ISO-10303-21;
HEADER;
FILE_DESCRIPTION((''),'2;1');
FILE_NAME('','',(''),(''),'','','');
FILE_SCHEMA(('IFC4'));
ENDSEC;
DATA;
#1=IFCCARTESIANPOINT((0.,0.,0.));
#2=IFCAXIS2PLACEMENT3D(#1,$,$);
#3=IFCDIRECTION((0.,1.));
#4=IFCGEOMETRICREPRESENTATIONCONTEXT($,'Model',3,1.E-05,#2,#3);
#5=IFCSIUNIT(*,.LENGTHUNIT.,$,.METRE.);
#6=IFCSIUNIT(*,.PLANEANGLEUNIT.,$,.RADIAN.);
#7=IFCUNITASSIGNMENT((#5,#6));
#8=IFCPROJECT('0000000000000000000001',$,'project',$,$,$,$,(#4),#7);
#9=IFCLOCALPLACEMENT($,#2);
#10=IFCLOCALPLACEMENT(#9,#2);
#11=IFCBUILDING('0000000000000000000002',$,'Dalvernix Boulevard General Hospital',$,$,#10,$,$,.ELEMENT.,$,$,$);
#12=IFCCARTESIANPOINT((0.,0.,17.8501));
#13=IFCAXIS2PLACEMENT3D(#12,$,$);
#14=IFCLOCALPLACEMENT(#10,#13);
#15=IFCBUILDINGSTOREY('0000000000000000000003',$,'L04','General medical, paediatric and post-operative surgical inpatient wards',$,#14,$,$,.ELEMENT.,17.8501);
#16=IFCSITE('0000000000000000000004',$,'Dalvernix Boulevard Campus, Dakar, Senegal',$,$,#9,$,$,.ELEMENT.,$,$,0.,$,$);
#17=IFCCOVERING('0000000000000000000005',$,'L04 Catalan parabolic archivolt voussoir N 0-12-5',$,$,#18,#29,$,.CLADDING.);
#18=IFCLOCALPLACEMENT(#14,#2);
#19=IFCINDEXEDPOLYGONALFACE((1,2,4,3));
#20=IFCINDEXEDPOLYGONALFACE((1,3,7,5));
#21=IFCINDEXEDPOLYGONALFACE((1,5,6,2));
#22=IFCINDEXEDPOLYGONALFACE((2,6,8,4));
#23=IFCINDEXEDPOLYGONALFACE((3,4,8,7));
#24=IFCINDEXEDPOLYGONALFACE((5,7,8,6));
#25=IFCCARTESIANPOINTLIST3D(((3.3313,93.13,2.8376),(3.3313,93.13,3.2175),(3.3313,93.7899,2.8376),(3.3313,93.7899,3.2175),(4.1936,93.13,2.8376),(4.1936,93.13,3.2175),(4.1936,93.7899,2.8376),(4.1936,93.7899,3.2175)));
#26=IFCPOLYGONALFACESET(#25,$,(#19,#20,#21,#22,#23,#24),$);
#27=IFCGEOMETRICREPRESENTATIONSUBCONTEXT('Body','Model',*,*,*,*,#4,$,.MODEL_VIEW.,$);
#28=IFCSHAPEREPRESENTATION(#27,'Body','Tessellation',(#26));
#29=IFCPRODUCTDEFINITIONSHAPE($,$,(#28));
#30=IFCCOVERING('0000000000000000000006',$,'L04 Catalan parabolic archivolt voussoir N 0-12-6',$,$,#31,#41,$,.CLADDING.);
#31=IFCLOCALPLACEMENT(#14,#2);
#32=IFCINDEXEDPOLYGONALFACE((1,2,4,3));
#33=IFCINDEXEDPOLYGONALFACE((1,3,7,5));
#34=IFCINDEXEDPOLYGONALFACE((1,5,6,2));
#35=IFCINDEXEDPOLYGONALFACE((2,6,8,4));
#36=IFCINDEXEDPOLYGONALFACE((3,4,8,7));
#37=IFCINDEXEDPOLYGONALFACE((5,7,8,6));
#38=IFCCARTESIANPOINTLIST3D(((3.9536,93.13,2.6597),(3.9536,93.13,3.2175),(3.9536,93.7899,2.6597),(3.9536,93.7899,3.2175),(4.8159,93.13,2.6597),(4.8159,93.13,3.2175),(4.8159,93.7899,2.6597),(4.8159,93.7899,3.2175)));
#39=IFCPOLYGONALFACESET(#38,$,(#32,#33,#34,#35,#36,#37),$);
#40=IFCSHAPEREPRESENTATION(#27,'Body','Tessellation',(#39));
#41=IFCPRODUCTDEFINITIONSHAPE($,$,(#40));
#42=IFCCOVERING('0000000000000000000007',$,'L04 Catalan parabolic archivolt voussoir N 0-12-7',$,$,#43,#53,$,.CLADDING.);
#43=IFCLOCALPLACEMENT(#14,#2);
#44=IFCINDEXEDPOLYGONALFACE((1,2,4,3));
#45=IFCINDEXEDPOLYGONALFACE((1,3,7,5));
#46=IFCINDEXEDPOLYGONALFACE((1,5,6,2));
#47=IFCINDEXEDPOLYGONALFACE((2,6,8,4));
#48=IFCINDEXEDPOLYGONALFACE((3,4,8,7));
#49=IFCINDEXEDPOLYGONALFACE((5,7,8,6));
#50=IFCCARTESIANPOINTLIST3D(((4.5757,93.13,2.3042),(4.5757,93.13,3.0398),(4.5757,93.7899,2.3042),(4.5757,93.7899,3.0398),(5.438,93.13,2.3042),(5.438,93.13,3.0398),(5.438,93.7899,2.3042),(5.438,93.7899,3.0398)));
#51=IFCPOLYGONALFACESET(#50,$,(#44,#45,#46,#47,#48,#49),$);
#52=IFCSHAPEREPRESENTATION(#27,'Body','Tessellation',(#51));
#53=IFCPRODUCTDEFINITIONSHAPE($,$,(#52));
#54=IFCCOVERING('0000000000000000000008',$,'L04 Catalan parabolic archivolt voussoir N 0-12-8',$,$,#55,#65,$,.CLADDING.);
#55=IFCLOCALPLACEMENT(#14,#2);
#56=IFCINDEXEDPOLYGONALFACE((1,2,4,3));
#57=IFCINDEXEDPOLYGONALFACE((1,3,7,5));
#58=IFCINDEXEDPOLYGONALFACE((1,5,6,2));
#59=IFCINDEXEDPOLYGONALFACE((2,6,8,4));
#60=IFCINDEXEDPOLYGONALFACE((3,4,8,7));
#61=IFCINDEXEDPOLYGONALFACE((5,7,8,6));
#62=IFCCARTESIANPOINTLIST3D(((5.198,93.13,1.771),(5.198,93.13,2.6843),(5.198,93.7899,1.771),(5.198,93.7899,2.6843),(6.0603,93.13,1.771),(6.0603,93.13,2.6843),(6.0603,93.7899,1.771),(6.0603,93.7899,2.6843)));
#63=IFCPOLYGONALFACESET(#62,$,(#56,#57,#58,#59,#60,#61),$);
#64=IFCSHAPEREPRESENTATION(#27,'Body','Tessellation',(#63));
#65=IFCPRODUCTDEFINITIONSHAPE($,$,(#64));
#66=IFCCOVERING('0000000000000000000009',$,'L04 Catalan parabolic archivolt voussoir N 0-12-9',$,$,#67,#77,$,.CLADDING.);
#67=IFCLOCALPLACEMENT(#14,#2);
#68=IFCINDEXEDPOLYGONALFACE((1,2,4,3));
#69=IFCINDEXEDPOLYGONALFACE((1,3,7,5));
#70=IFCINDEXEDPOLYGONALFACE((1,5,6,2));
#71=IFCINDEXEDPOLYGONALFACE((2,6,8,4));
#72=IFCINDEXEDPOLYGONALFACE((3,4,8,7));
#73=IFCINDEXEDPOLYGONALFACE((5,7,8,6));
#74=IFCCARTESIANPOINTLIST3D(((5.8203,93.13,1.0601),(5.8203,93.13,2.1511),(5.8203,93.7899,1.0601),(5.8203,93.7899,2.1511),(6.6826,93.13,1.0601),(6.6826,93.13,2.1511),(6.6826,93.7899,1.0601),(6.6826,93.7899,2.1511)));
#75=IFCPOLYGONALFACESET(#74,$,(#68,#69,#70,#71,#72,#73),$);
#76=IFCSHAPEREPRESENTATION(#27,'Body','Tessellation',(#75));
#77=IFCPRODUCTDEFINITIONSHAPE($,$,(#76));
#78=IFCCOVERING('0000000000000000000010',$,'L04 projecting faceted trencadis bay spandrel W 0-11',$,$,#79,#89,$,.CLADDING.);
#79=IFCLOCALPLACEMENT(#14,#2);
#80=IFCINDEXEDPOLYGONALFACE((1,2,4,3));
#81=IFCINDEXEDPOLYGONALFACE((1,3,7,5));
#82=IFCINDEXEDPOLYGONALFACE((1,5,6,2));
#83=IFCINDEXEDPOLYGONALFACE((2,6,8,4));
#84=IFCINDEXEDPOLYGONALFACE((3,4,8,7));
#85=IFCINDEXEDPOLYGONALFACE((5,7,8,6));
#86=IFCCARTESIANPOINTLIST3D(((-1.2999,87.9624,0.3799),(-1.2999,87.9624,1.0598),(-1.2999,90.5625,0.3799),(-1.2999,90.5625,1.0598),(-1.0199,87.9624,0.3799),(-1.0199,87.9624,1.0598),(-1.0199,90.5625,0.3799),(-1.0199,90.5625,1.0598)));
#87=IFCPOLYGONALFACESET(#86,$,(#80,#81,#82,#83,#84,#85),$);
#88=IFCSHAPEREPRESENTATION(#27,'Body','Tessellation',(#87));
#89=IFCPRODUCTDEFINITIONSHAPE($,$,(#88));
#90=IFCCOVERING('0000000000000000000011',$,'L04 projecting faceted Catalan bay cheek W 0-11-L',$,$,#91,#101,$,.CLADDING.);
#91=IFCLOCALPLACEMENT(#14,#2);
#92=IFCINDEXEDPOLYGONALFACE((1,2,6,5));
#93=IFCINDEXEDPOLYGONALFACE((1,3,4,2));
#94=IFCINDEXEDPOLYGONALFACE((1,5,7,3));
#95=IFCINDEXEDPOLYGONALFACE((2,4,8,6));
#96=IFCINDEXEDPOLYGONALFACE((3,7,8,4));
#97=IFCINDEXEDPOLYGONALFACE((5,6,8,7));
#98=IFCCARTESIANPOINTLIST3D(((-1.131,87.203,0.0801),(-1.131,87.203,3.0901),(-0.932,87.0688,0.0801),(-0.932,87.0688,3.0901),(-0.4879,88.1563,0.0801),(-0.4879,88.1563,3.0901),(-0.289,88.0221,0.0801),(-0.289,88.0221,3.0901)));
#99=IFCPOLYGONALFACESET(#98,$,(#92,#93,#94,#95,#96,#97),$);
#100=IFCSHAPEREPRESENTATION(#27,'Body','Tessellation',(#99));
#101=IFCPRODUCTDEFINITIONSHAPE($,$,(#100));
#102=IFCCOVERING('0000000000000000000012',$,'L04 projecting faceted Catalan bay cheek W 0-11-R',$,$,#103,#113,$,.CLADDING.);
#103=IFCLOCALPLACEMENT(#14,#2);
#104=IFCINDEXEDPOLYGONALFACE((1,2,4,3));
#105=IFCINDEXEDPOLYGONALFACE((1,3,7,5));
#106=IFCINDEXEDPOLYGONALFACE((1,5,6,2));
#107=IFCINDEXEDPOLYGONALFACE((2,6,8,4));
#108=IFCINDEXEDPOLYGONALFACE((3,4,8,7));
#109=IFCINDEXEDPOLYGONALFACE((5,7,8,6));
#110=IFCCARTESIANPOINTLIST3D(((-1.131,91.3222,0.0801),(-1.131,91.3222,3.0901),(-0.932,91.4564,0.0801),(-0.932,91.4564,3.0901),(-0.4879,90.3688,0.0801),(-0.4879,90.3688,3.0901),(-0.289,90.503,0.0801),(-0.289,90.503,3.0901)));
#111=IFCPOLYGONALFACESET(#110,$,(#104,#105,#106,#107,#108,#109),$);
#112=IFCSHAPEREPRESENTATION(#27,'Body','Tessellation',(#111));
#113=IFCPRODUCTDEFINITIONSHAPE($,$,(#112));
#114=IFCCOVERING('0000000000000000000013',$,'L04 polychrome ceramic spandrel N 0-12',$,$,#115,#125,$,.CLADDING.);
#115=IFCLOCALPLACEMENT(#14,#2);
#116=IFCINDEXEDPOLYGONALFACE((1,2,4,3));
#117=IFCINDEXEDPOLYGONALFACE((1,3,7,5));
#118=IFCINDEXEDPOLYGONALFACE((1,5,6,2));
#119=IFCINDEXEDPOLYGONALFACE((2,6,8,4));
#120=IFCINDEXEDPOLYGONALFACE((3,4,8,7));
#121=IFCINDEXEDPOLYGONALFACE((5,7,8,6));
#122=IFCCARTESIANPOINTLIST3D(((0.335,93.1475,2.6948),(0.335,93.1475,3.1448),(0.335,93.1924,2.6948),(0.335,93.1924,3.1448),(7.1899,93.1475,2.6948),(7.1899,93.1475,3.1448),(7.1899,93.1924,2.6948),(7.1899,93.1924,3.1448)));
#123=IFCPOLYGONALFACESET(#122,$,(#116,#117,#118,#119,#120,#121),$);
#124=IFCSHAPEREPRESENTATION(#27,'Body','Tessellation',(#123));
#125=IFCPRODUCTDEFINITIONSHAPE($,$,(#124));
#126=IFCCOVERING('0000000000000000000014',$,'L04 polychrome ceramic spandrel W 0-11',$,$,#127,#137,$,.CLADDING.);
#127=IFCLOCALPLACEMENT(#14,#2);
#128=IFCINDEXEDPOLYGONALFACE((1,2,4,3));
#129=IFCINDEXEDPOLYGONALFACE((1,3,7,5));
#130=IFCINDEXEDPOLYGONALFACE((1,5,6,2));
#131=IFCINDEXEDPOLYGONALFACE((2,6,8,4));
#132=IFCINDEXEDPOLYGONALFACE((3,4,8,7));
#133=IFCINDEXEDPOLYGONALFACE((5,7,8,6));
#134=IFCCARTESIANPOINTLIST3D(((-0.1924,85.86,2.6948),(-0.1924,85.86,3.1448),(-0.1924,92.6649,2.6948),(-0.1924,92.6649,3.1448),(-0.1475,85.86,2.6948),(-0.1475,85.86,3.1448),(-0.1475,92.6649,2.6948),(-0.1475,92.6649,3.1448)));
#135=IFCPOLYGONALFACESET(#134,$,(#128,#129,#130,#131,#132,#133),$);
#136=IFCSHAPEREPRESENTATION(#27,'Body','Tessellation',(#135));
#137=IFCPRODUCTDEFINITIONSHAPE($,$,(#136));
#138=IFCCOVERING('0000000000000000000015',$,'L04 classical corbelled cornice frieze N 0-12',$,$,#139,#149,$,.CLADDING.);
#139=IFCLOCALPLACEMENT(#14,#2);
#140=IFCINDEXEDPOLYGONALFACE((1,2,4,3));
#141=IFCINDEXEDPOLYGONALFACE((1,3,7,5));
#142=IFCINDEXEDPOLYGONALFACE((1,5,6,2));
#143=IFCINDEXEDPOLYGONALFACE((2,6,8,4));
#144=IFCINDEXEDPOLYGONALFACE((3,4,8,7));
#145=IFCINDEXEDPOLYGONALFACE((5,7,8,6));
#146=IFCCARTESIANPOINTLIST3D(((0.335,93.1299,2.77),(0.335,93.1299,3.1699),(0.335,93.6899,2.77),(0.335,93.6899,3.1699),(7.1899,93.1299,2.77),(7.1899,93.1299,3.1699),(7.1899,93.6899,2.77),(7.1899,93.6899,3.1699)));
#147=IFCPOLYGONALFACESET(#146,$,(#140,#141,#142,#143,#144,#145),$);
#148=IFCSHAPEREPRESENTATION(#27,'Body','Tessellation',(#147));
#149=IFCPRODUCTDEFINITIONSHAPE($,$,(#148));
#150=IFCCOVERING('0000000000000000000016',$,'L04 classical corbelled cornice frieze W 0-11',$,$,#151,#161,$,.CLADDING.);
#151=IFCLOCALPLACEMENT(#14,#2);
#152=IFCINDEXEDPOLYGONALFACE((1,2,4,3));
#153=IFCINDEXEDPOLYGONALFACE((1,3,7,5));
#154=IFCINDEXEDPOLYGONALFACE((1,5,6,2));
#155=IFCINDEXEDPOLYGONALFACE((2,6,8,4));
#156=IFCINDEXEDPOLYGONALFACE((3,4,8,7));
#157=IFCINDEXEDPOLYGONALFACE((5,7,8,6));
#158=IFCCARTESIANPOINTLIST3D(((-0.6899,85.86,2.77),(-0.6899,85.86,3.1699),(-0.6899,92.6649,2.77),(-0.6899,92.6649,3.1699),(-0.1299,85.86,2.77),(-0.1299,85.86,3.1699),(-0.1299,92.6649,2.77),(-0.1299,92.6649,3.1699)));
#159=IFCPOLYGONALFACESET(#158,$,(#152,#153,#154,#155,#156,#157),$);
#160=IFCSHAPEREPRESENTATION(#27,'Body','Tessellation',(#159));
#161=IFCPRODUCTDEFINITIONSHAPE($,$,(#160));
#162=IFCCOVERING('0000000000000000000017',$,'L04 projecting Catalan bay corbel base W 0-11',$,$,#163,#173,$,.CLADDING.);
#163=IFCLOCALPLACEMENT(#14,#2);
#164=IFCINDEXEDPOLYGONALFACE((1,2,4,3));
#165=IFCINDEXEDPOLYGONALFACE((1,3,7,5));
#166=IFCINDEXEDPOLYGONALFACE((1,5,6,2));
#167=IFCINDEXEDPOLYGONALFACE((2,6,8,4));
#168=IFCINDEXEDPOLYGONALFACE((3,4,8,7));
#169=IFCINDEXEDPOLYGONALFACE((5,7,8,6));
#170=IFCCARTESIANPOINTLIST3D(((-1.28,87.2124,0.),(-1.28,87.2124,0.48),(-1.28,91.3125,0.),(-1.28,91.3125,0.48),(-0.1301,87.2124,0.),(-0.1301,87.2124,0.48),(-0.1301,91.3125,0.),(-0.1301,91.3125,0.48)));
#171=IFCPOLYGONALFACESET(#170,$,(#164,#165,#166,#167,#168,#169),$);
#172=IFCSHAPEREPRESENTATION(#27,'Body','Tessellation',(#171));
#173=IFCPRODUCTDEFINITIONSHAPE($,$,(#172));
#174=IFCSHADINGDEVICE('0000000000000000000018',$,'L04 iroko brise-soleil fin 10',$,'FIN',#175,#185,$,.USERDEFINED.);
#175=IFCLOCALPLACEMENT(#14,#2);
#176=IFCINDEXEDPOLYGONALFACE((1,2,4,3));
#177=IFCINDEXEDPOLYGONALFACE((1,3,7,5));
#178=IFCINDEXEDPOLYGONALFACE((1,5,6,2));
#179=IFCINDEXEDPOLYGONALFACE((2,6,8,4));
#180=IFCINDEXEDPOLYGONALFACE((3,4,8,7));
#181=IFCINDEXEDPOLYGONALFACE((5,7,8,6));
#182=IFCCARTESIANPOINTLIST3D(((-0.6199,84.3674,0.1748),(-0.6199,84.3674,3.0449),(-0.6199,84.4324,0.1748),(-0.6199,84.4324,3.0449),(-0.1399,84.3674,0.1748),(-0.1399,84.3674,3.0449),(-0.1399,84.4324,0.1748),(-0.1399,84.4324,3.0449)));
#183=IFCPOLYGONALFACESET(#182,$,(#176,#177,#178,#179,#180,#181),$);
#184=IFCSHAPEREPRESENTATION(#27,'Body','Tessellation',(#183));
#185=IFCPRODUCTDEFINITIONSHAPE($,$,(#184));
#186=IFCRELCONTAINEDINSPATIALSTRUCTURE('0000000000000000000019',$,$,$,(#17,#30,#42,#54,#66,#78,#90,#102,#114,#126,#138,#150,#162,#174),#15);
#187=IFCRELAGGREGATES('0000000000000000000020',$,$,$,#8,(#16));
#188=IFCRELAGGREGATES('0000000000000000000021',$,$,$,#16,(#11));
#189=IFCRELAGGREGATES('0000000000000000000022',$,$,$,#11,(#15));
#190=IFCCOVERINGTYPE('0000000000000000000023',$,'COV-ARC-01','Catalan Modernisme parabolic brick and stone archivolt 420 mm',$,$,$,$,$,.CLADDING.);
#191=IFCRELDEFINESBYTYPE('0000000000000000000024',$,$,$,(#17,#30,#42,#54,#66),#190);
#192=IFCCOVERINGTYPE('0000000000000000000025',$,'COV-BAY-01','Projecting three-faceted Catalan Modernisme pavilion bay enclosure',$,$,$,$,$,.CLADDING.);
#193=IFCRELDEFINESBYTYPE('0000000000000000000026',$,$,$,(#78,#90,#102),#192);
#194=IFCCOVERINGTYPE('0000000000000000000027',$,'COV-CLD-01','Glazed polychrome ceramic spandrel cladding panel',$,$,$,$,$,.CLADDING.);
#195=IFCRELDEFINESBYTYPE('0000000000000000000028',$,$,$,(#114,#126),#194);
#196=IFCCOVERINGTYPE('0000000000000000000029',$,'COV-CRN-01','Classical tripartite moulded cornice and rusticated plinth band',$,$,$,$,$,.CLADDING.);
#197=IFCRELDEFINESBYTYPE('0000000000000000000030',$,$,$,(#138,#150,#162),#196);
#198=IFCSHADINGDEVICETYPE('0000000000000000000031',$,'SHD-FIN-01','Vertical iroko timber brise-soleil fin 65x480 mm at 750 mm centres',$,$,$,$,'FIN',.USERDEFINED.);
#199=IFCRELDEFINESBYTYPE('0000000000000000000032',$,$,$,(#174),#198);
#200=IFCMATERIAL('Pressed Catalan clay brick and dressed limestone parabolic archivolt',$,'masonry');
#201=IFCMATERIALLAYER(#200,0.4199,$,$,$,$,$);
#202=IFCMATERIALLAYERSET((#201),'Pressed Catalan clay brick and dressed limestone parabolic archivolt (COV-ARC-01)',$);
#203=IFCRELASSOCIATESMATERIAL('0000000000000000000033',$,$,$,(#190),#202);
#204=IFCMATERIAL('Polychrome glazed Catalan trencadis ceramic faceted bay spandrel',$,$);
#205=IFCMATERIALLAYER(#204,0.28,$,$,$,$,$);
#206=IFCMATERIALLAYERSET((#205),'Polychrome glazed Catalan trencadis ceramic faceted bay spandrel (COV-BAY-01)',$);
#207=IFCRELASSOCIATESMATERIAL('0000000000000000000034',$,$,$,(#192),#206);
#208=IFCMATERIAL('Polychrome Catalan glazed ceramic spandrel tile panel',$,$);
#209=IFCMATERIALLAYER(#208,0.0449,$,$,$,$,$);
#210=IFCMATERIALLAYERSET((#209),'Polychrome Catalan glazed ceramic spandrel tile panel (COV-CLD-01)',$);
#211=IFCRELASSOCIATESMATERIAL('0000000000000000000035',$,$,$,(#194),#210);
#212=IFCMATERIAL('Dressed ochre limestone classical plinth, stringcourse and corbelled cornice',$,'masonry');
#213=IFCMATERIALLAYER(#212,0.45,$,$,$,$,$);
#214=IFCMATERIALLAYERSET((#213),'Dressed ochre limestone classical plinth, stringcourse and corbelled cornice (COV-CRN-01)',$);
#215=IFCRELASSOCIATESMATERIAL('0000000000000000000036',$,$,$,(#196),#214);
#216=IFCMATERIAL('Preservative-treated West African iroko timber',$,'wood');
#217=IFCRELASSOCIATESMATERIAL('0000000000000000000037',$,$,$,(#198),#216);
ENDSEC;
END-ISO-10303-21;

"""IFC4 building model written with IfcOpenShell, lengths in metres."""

from ifc_helpers import new_model, si_unit, direction, frame, origin, origin_2d, place, context, subcontext, project, spatial, rectangle, extrude, material, layer, layer_set, type_object, element, save


model = new_model("IFC4")

# Units and contexts
model_context = context("Model", 3, precision=1e-05, world=origin(), true_north=direction((0.0, 1.0)))
body_context = subcontext(model_context, "Body", "Model", "MODEL_VIEW")
ifc_project = project(units=[si_unit("LENGTHUNIT", "METRE"), si_unit("PLANEANGLEUNIT", "RADIAN")], contexts=[model_context])

# Site, building, storey
site_placement = place(None, origin())
site = spatial("IfcSite", under=ifc_project, at=site_placement, Name="Dalvernix Boulevard Campus, Dakar, Senegal", CompositionType="ELEMENT", RefElevation=0.0)
building_placement = place(site_placement, origin())
building = spatial("IfcBuilding", under=site, at=building_placement, Name="Dalvernix Boulevard General Hospital", CompositionType="ELEMENT")
storey_placement = place(building_placement, frame((0.0, 0.0, 17.8501)))
storey = spatial("IfcBuildingStorey", under=building, at=storey_placement, Name="L04", Description="General medical, paediatric and post-operative surgical inpatient wards", CompositionType="ELEMENT", Elevation=17.8501)

# Coverings
ifc_material_1 = material(Name="Pressed Catalan clay brick and dressed limestone parabolic archivolt", Category="masonry")
ifc_layer_1 = layer(ifc_material_1, 0.4199)
ifc_layer_set_1 = layer_set([ifc_layer_1], Name="Pressed Catalan clay brick and dressed limestone parabolic archivolt (COV-ARC-01)")
covering_type_1 = type_object("IfcCoveringType", Name="COV-ARC-01", Description="Catalan Modernisme parabolic brick and stone archivolt 420 mm", PredefinedType="CLADDING", material=ifc_layer_set_1)
covering_1_placement = place(storey_placement, frame((3.7625, 93.46, 2.8376), z_axis=(0.0, 0.0, 1.0), x_axis=(1.0, 0.0, 0.0)))
element("IfcCovering", 1, at=covering_1_placement, inside=storey, type_object=covering_type_1, Name="L04 Catalan parabolic archivolt voussoir N 0-12-5", PredefinedType="CLADDING", context=body_context, shape_type="SweptSolid", body=[
    extrude(rectangle(XDim=0.8623, YDim=0.6599, at=origin_2d()), origin(), (0.0, 0.0, 1.0), 0.3799),
])
covering_2_placement = place(storey_placement, frame((4.3848, 93.46, 2.6597), z_axis=(0.0, 0.0, 1.0), x_axis=(1.0, 0.0, 0.0)))
element("IfcCovering", 2, at=covering_2_placement, inside=storey, type_object=covering_type_1, Name="L04 Catalan parabolic archivolt voussoir N 0-12-6", PredefinedType="CLADDING", context=body_context, shape_type="SweptSolid", body=[
    extrude(rectangle(XDim=0.8623, YDim=0.6599, at=origin_2d()), origin(), (0.0, 0.0, 1.0), 0.5579),
])
covering_3_placement = place(storey_placement, frame((5.0068, 93.46, 2.3042), z_axis=(0.0, 0.0, 1.0), x_axis=(1.0, 0.0, 0.0)))
element("IfcCovering", 3, at=covering_3_placement, inside=storey, type_object=covering_type_1, Name="L04 Catalan parabolic archivolt voussoir N 0-12-7", PredefinedType="CLADDING", context=body_context, shape_type="SweptSolid", body=[
    extrude(rectangle(XDim=0.8623, YDim=0.6599, at=origin_2d()), origin(), (0.0, 0.0, 1.0), 0.7356),
])
covering_4_placement = place(storey_placement, frame((5.6292, 93.46, 1.771), z_axis=(0.0, 0.0, 1.0), x_axis=(1.0, 0.0, 0.0)))
element("IfcCovering", 4, at=covering_4_placement, inside=storey, type_object=covering_type_1, Name="L04 Catalan parabolic archivolt voussoir N 0-12-8", PredefinedType="CLADDING", context=body_context, shape_type="SweptSolid", body=[
    extrude(rectangle(XDim=0.8623, YDim=0.6599, at=origin_2d()), origin(), (0.0, 0.0, 1.0), 0.9133),
])
covering_5_placement = place(storey_placement, frame((6.2515, 93.46, 1.0601), z_axis=(0.0, 0.0, 1.0), x_axis=(1.0, 0.0, 0.0)))
element("IfcCovering", 5, at=covering_5_placement, inside=storey, type_object=covering_type_1, Name="L04 Catalan parabolic archivolt voussoir N 0-12-9", PredefinedType="CLADDING", context=body_context, shape_type="SweptSolid", body=[
    extrude(rectangle(XDim=0.8623, YDim=0.6599, at=origin_2d()), origin(), (0.0, 0.0, 1.0), 1.0911),
])
ifc_material_2 = material(Name="Polychrome glazed Catalan trencadis ceramic faceted bay spandrel")
ifc_layer_2 = layer(ifc_material_2, 0.28)
ifc_layer_set_2 = layer_set([ifc_layer_2], Name="Polychrome glazed Catalan trencadis ceramic faceted bay spandrel (COV-BAY-01)")
covering_type_2 = type_object("IfcCoveringType", Name="COV-BAY-01", Description="Projecting three-faceted Catalan Modernisme pavilion bay enclosure", PredefinedType="CLADDING", material=ifc_layer_set_2)
covering_6_placement = place(storey_placement, frame((-1.1599, 89.2625, 0.3799), z_axis=(0.0, 0.0, 1.0), x_axis=(0.0, 1.0, 0.0)))
element("IfcCovering", 6, at=covering_6_placement, inside=storey, type_object=covering_type_2, Name="L04 projecting faceted trencadis bay spandrel W 0-11", PredefinedType="CLADDING", context=body_context, shape_type="SweptSolid", body=[
    extrude(rectangle(XDim=2.6001, YDim=0.28, at=origin_2d()), origin(), (0.0, 0.0, 1.0), 0.6799),
])
for number, where, z_axis, x_axis, name in (
    (7, (-0.71, 87.6125, 0.0801), (0.0, 0.0, 1.0), (0.559193, 0.829038, 0.0), "L04 projecting faceted Catalan bay cheek W 0-11-L"),
    (8, (-0.71, 90.9126, 0.0801), (0.0, 0.0, 1.0), (-0.559193, 0.829038, 0.0), "L04 projecting faceted Catalan bay cheek W 0-11-R"),
):
    element("IfcCovering", number, at=place(storey_placement, frame(where, z_axis=z_axis, x_axis=x_axis)), inside=storey, type_object=covering_type_2, Name=name, PredefinedType="CLADDING", context=body_context, shape_type="SweptSolid", body=[
        extrude(rectangle(XDim=1.1499, YDim=0.24, at=origin_2d()), origin(), (0.0, 0.0, 1.0), 3.01),
    ])
ifc_material_3 = material(Name="Polychrome Catalan glazed ceramic spandrel tile panel")
ifc_layer_3 = layer(ifc_material_3, 0.0449)
ifc_layer_set_3 = layer_set([ifc_layer_3], Name="Polychrome Catalan glazed ceramic spandrel tile panel (COV-CLD-01)")
covering_type_3 = type_object("IfcCoveringType", Name="COV-CLD-01", Description="Glazed polychrome ceramic spandrel cladding panel", PredefinedType="CLADDING", material=ifc_layer_set_3)
covering_7_placement = place(storey_placement, frame((3.7625, 93.1699, 2.6948), z_axis=(0.0, 0.0, 1.0), x_axis=(1.0, 0.0, 0.0)))
element("IfcCovering", 9, at=covering_7_placement, inside=storey, type_object=covering_type_3, Name="L04 polychrome ceramic spandrel N 0-12", PredefinedType="CLADDING", context=body_context, shape_type="SweptSolid", body=[
    extrude(rectangle(XDim=6.855, YDim=0.0449, at=origin_2d()), origin(), (0.0, 0.0, 1.0), 0.45),
])
covering_8_placement = place(storey_placement, frame((-0.1699, 89.2625, 2.6948), z_axis=(0.0, 0.0, 1.0), x_axis=(0.0, 1.0, 0.0)))
element("IfcCovering", 10, at=covering_8_placement, inside=storey, type_object=covering_type_3, Name="L04 polychrome ceramic spandrel W 0-11", PredefinedType="CLADDING", context=body_context, shape_type="SweptSolid", body=[
    extrude(rectangle(XDim=6.8049, YDim=0.0449, at=origin_2d()), origin(), (0.0, 0.0, 1.0), 0.45),
])
ifc_material_4 = material(Name="Dressed ochre limestone classical plinth, stringcourse and corbelled cornice", Category="masonry")
ifc_layer_4 = layer(ifc_material_4, 0.45)
ifc_layer_set_4 = layer_set([ifc_layer_4], Name="Dressed ochre limestone classical plinth, stringcourse and corbelled cornice (COV-CRN-01)")
covering_type_4 = type_object("IfcCoveringType", Name="COV-CRN-01", Description="Classical tripartite moulded cornice and rusticated plinth band", PredefinedType="CLADDING", material=ifc_layer_set_4)
covering_9_placement = place(storey_placement, frame((3.7625, 93.4099, 2.77), z_axis=(0.0, 0.0, 1.0), x_axis=(1.0, 0.0, 0.0)))
element("IfcCovering", 11, at=covering_9_placement, inside=storey, type_object=covering_type_4, Name="L04 classical corbelled cornice frieze N 0-12", PredefinedType="CLADDING", context=body_context, shape_type="SweptSolid", body=[
    extrude(rectangle(XDim=6.855, YDim=0.5601, at=origin_2d()), origin(), (0.0, 0.0, 1.0), 0.3999),
])
covering_10_placement = place(storey_placement, frame((-0.4099, 89.2625, 2.77), z_axis=(0.0, 0.0, 1.0), x_axis=(0.0, 1.0, 0.0)))
element("IfcCovering", 12, at=covering_10_placement, inside=storey, type_object=covering_type_4, Name="L04 classical corbelled cornice frieze W 0-11", PredefinedType="CLADDING", context=body_context, shape_type="SweptSolid", body=[
    extrude(rectangle(XDim=6.8049, YDim=0.5601, at=origin_2d()), origin(), (0.0, 0.0, 1.0), 0.3999),
])
covering_11_placement = place(storey_placement, frame((-0.7051, 89.2625, 0.0), z_axis=(0.0, 0.0, 1.0), x_axis=(0.0, 1.0, 0.0)))
element("IfcCovering", 13, at=covering_11_placement, inside=storey, type_object=covering_type_4, Name="L04 projecting Catalan bay corbel base W 0-11", PredefinedType="CLADDING", context=body_context, shape_type="SweptSolid", body=[
    extrude(rectangle(XDim=4.1001, YDim=1.1499, at=origin_2d()), origin(), (0.0, 0.0, 1.0), 0.48),
])

# Shading device
ifc_material_5 = material(Name="Preservative-treated West African iroko timber", Category="wood")
shading_device_type = type_object("IfcShadingDeviceType", Name="SHD-FIN-01", Description="Vertical iroko timber brise-soleil fin 65x480 mm at 750 mm centres", ElementType="FIN", PredefinedType="USERDEFINED", material=ifc_material_5)
shading_device_placement = place(storey_placement, frame((-0.3799, 84.3999, 0.1748), z_axis=(0.0, 0.0, 1.0), x_axis=(0.0, 1.0, 0.0)))
element("IfcShadingDevice", 14, at=shading_device_placement, inside=storey, type_object=shading_device_type, Name="L04 iroko brise-soleil fin 10", ObjectType="FIN", PredefinedType="USERDEFINED", context=body_context, shape_type="SweptSolid", body=[
    extrude(rectangle(XDim=0.0649, YDim=0.48, at=origin_2d()), origin(), (0.0, 0.0, 1.0), 2.8701),
])

save(model, "model.ifc")
